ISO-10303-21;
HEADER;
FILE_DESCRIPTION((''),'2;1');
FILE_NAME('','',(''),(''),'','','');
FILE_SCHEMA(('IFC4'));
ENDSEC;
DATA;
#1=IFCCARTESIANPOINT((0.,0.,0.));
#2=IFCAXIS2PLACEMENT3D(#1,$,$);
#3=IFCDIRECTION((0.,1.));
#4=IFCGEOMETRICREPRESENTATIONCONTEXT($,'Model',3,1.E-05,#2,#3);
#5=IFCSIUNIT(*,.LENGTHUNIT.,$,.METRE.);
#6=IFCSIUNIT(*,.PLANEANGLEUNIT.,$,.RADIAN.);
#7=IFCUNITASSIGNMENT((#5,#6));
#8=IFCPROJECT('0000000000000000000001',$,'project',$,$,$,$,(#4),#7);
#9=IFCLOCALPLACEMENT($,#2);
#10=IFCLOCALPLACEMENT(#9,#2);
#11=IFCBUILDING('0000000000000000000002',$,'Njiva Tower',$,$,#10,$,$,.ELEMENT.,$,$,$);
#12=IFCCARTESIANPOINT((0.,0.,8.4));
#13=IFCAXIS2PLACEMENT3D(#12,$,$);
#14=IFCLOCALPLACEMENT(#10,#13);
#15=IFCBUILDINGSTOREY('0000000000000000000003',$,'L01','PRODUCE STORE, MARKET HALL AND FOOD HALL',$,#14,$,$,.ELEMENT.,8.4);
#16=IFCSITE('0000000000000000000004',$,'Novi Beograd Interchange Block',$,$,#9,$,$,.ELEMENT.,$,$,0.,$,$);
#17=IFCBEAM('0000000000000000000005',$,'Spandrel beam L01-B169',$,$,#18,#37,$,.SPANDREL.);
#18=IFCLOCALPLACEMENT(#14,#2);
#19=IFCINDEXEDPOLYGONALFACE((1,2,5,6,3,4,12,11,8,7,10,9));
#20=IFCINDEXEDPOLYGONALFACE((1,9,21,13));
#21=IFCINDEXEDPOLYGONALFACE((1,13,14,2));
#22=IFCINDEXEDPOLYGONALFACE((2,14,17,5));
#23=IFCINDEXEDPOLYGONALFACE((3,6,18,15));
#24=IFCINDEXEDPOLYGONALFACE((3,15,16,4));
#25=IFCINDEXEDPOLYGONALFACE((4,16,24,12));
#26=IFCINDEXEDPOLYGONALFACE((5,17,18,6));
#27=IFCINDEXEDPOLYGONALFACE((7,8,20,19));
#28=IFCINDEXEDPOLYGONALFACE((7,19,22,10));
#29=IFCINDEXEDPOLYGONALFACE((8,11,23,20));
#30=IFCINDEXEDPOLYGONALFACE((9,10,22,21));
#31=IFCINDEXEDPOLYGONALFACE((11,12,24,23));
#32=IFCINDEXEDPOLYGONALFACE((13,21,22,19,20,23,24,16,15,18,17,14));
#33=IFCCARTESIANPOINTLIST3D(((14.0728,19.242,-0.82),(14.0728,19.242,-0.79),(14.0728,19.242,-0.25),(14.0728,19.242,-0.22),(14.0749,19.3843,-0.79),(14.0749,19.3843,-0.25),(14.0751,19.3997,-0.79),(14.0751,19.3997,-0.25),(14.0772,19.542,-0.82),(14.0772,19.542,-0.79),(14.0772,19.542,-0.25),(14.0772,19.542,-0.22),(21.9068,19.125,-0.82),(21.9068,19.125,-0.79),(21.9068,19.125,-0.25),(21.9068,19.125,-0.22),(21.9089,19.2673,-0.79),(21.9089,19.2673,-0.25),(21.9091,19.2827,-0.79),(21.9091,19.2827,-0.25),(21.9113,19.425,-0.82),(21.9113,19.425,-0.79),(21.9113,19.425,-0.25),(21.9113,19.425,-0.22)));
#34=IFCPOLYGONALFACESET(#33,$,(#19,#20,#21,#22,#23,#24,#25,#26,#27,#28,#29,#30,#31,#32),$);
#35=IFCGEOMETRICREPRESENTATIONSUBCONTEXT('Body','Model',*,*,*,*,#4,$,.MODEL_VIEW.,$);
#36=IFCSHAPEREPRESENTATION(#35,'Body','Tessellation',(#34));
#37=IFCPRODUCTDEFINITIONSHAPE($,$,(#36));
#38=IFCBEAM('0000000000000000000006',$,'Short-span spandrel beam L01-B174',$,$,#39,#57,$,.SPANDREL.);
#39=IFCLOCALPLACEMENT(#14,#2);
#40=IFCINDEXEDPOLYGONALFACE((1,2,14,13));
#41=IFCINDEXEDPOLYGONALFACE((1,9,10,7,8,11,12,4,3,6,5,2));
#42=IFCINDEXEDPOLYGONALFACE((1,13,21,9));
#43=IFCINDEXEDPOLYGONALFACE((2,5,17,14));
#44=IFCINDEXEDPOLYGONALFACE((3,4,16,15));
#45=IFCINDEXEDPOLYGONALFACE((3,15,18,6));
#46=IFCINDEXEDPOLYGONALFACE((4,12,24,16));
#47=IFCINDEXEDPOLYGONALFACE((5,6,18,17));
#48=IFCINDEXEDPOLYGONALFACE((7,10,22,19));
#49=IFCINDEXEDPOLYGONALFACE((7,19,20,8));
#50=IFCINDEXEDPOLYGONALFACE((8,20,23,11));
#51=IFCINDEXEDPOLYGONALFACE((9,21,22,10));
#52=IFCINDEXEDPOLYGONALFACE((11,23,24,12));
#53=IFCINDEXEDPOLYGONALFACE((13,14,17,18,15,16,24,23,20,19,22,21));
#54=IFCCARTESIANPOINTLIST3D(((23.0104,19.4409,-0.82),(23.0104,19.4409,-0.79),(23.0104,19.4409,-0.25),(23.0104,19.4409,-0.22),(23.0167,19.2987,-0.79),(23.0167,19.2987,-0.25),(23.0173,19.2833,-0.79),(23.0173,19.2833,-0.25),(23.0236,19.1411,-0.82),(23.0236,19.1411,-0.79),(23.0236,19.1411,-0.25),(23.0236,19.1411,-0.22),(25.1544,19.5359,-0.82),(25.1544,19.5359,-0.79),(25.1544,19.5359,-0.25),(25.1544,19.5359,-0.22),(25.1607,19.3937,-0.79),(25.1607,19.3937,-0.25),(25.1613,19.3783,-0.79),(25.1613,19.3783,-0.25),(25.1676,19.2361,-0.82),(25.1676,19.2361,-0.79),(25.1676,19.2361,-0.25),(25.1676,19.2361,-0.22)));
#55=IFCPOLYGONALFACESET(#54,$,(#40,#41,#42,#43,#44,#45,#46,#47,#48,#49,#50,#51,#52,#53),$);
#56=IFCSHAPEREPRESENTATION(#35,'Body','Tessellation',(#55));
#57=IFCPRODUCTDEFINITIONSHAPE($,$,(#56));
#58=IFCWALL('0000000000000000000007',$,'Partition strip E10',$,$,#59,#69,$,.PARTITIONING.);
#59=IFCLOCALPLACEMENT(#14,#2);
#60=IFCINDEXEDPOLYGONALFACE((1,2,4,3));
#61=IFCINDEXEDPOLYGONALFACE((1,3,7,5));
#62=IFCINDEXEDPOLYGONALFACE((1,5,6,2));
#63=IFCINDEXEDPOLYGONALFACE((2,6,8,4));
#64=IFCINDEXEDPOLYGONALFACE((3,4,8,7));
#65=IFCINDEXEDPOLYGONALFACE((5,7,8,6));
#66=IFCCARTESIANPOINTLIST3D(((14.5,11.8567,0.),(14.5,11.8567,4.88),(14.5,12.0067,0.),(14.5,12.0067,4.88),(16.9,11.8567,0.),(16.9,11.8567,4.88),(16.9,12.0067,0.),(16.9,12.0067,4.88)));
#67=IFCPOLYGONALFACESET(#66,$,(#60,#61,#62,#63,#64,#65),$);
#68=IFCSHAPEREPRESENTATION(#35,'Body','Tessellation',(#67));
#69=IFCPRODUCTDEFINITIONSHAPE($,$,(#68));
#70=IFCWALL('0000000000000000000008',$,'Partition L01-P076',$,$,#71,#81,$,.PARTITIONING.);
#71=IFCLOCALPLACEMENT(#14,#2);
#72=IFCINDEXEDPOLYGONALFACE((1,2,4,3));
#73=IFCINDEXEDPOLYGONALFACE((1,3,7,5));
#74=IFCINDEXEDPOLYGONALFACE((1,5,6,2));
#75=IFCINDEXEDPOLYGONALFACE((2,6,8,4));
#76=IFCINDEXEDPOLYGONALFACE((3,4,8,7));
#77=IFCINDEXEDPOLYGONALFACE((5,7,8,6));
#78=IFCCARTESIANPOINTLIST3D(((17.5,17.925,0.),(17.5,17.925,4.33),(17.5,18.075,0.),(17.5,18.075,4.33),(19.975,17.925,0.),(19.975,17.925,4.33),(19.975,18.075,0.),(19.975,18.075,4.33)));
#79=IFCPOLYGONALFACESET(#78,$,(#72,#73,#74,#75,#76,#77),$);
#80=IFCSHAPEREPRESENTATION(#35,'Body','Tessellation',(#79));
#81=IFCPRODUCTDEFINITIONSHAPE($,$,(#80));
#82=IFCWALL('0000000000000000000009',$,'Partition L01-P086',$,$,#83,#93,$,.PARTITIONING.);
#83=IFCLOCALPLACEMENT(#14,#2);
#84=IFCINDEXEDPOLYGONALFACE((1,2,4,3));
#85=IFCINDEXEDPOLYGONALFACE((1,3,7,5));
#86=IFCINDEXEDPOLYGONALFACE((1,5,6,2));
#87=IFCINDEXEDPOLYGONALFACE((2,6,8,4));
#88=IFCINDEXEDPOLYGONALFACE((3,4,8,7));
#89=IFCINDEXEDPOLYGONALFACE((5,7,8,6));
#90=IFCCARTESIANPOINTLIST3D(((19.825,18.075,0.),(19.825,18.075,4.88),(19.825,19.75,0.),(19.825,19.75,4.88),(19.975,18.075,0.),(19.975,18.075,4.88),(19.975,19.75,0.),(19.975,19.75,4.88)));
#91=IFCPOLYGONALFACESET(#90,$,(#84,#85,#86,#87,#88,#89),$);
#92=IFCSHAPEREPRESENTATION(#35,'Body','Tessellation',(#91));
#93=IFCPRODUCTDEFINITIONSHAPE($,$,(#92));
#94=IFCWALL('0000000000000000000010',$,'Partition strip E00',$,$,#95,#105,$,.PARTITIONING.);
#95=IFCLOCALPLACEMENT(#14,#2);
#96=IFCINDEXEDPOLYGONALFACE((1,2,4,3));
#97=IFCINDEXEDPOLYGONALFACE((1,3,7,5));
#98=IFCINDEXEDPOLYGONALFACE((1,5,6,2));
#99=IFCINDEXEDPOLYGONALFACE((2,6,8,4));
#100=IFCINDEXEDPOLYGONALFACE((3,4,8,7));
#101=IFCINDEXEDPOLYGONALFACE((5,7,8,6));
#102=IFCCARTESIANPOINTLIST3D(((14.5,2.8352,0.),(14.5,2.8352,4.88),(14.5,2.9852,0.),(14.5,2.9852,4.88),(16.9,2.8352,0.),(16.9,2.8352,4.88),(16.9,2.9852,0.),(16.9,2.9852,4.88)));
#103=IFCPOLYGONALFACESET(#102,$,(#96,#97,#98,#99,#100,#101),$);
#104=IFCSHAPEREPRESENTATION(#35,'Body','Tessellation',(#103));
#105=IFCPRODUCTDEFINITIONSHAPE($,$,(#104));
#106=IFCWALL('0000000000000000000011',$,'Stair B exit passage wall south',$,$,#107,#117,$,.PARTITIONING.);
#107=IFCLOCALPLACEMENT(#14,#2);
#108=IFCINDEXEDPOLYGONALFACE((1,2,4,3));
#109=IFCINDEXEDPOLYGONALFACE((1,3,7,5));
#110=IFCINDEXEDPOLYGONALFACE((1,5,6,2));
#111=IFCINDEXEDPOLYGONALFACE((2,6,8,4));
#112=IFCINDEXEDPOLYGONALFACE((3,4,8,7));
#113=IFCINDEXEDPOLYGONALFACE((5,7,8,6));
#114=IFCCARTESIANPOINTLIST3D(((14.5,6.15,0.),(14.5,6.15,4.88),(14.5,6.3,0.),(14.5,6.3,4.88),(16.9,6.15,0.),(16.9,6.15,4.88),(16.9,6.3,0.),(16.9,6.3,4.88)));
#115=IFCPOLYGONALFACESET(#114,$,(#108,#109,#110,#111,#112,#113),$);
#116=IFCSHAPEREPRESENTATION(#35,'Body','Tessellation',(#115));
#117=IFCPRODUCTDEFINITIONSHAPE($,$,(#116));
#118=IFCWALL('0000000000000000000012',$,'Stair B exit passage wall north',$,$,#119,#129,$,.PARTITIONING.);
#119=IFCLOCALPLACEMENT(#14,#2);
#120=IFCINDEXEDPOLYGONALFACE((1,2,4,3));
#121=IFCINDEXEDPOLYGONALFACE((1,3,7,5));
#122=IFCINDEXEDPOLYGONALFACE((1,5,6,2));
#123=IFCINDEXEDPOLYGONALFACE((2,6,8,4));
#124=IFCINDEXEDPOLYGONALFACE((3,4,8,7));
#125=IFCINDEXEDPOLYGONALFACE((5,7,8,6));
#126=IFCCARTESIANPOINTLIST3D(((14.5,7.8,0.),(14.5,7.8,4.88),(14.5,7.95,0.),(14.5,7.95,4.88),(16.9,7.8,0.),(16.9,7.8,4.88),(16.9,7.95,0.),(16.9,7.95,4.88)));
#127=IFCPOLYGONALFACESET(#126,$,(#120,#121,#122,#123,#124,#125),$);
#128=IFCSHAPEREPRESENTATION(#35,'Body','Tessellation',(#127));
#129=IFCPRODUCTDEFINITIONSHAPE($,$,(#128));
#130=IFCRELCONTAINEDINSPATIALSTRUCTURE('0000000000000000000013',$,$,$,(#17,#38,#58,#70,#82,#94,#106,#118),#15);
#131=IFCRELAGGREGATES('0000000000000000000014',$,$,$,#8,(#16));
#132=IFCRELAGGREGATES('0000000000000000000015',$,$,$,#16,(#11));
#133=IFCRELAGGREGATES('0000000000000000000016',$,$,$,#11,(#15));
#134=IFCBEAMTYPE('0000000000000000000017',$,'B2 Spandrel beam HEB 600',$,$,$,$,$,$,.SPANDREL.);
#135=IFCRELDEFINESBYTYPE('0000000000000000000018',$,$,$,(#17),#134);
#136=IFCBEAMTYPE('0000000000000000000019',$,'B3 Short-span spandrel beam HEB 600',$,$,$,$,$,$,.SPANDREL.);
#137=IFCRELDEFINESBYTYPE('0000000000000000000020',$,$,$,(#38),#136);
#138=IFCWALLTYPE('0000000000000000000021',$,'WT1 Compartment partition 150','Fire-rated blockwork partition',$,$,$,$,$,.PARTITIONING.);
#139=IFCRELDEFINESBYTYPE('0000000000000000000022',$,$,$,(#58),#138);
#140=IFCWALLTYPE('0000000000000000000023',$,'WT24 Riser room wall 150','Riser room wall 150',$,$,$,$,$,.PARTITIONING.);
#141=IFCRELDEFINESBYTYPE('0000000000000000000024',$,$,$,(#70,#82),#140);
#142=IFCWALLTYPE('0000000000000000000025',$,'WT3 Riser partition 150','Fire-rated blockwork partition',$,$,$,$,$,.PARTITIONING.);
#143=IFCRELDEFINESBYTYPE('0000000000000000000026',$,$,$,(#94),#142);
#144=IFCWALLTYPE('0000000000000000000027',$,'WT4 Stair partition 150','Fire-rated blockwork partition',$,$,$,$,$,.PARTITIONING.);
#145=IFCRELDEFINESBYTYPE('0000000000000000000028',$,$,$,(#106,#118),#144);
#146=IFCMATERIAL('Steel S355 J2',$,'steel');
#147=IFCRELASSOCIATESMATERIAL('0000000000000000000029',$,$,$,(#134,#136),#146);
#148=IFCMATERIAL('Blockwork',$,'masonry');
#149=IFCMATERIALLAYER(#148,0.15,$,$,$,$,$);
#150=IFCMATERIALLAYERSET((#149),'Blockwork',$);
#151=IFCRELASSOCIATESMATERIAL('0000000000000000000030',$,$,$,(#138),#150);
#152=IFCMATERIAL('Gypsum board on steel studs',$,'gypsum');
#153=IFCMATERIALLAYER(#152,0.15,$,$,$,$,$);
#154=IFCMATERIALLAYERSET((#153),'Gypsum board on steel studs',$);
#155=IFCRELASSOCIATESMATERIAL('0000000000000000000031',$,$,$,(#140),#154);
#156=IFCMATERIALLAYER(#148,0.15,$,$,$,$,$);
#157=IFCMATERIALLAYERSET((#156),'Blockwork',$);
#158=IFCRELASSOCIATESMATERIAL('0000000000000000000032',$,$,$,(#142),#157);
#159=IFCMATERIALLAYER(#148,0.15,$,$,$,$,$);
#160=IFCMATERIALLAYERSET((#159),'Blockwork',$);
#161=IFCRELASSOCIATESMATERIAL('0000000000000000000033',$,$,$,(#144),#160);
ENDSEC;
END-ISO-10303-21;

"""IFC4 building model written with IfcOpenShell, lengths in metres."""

from ifc_helpers import new_model, si_unit, direction, frame, frame_2d, origin, origin_2d, place, context, subcontext, project, spatial, rectangle, i_section, extrude, material, layer, layer_set, material_profile, profile_set, type_object, element, save


model = new_model("IFC4")

# Units and contexts
model_context = context("Model", 3, precision=1e-05, world=origin(), true_north=direction((0.0, 1.0)))
body_context = subcontext(model_context, "Body", "Model", "MODEL_VIEW")
ifc_project = project(units=[si_unit("LENGTHUNIT", "METRE"), si_unit("PLANEANGLEUNIT", "RADIAN")], contexts=[model_context])

# Site, building, storey
site_placement = place(None, origin())
site = spatial("IfcSite", under=ifc_project, at=site_placement, Name="Novi Beograd Interchange Block", CompositionType="ELEMENT", RefElevation=0.0)
building_placement = place(site_placement, origin())
building = spatial("IfcBuilding", under=site, at=building_placement, Name="Njiva Tower", CompositionType="ELEMENT")
storey_placement = place(building_placement, frame((0.0, 0.0, 8.4)))
storey = spatial("IfcBuildingStorey", under=building, at=storey_placement, Name="L01", Description="PRODUCE STORE, MARKET HALL AND FOOD HALL", CompositionType="ELEMENT", Elevation=8.4)

# Shared definitions
ifc_material_1 = material(Name="Steel S355 J2", Category="steel")

# Beams
ifc_material_profile_1 = material_profile(ifc_material_1, i_section(OverallWidth=0.3, OverallDepth=0.6, WebThickness=0.0155, FlangeThickness=0.03, at=origin_2d()), Name="HEB 600")
ifc_profile_set_1 = profile_set([ifc_material_profile_1], Name="Steel S355 J2")
beam_type_1 = type_object("IfcBeamType", Name="B2 Spandrel beam HEB 600", PredefinedType="SPANDREL", material=ifc_profile_set_1)
beam_1_placement = place(storey_placement, frame((14.075, 19.392, -0.52), z_axis=(0.999888, -0.014933, 0.0), x_axis=(0.014933, 0.999888, 0.0)))
element("IfcBeam", 1, at=beam_1_placement, inside=storey, type_object=beam_type_1, Name="Spandrel beam L01-B169", PredefinedType="SPANDREL", context=body_context, shape_type="SweptSolid", body=[
    extrude(i_section(OverallWidth=0.3, OverallDepth=0.6, WebThickness=0.0155, FlangeThickness=0.03, at=origin_2d()), origin(), (0.0, 0.0, 1.0), 7.8349),
])
ifc_material_profile_2 = material_profile(ifc_material_1, i_section(OverallWidth=0.3, OverallDepth=0.6, WebThickness=0.0155, FlangeThickness=0.03, at=origin_2d()), Name="HEB 600")
ifc_profile_set_2 = profile_set([ifc_material_profile_2], Name="Steel S355 J2")
beam_type_2 = type_object("IfcBeamType", Name="B3 Short-span spandrel beam HEB 600", PredefinedType="SPANDREL", material=ifc_profile_set_2)
beam_2_placement = place(storey_placement, frame((23.017, 19.291, -0.52), z_axis=(0.99902, 0.044266, 0.0), x_axis=(-0.044266, 0.99902, 0.0)))
element("IfcBeam", 2, at=beam_2_placement, inside=storey, type_object=beam_type_2, Name="Short-span spandrel beam L01-B174", PredefinedType="SPANDREL", context=body_context, shape_type="SweptSolid", body=[
    extrude(i_section(OverallWidth=0.3, OverallDepth=0.6, WebThickness=0.0155, FlangeThickness=0.03, at=origin_2d()), origin(), (0.0, 0.0, 1.0), 2.1461),
])

# Walls
ifc_material_2 = material(Name="Blockwork", Category="masonry")
ifc_layer_1 = layer(ifc_material_2, 0.15)
ifc_layer_set_1 = layer_set([ifc_layer_1], Name="Blockwork")
wall_type_1 = type_object("IfcWallType", Name="WT1 Compartment partition 150", Description="Fire-rated blockwork partition", PredefinedType="PARTITIONING", material=ifc_layer_set_1)
wall_1_placement = place(storey_placement, frame((14.5, 11.9317, 0.0), z_axis=(0.0, 0.0, 1.0), x_axis=(1.0, 0.0, 0.0)))
element("IfcWall", 3, at=wall_1_placement, inside=storey, type_object=wall_type_1, Name="Partition strip E10", PredefinedType="PARTITIONING", context=body_context, shape_type="SweptSolid", body=[
    extrude(rectangle(XDim=2.4, YDim=0.15, at=frame_2d((1.2, 0.0))), origin(), (0.0, 0.0, 1.0), 4.88),
])
ifc_material_3 = material(Name="Gypsum board on steel studs", Category="gypsum")
ifc_layer_2 = layer(ifc_material_3, 0.15)
ifc_layer_set_2 = layer_set([ifc_layer_2], Name="Gypsum board on steel studs")
wall_type_2 = type_object("IfcWallType", Name="WT24 Riser room wall 150", Description="Riser room wall 150", PredefinedType="PARTITIONING", material=ifc_layer_set_2)
wall_2_placement = place(storey_placement, frame((17.5, 18.0, 0.0), z_axis=(0.0, 0.0, 1.0), x_axis=(1.0, 0.0, 0.0)))
element("IfcWall", 4, at=wall_2_placement, inside=storey, type_object=wall_type_2, Name="Partition L01-P076", PredefinedType="PARTITIONING", context=body_context, shape_type="SweptSolid", body=[
    extrude(rectangle(XDim=2.475, YDim=0.15, at=frame_2d((1.2375, 0.0))), origin(), (0.0, 0.0, 1.0), 4.33),
])
wall_3_placement = place(storey_placement, frame((19.9, 18.075, 0.0), z_axis=(0.0, 0.0, 1.0), x_axis=(0.0, 1.0, 0.0)))
element("IfcWall", 5, at=wall_3_placement, inside=storey, type_object=wall_type_2, Name="Partition L01-P086", PredefinedType="PARTITIONING", context=body_context, shape_type="SweptSolid", body=[
    extrude(rectangle(XDim=1.675, YDim=0.15, at=frame_2d((0.8375, 0.0))), origin(), (0.0, 0.0, 1.0), 4.88),
])
ifc_layer_3 = layer(ifc_material_2, 0.15)
ifc_layer_set_3 = layer_set([ifc_layer_3], Name="Blockwork")
wall_type_3 = type_object("IfcWallType", Name="WT3 Riser partition 150", Description="Fire-rated blockwork partition", PredefinedType="PARTITIONING", material=ifc_layer_set_3)
wall_4_placement = place(storey_placement, frame((14.5, 2.9102, 0.0), z_axis=(0.0, 0.0, 1.0), x_axis=(1.0, 0.0, 0.0)))
element("IfcWall", 6, at=wall_4_placement, inside=storey, type_object=wall_type_3, Name="Partition strip E00", PredefinedType="PARTITIONING", context=body_context, shape_type="SweptSolid", body=[
    extrude(rectangle(XDim=2.4, YDim=0.15, at=frame_2d((1.2, 0.0))), origin(), (0.0, 0.0, 1.0), 4.88),
])
ifc_layer_4 = layer(ifc_material_2, 0.15)
ifc_layer_set_4 = layer_set([ifc_layer_4], Name="Blockwork")
wall_type_4 = type_object("IfcWallType", Name="WT4 Stair partition 150", Description="Fire-rated blockwork partition", PredefinedType="PARTITIONING", material=ifc_layer_set_4)
for number, where, z_axis, x_axis, name in (
    (7, (14.5, 6.225, 0.0), (0.0, 0.0, 1.0), (1.0, 0.0, 0.0), "Stair B exit passage wall south"),
    (8, (14.5, 7.875, 0.0), (0.0, 0.0, 1.0), (1.0, 0.0, 0.0), "Stair B exit passage wall north"),
):
    element("IfcWall", number, at=place(storey_placement, frame(where, z_axis=z_axis, x_axis=x_axis)), inside=storey, type_object=wall_type_4, Name=name, PredefinedType="PARTITIONING", context=body_context, shape_type="SweptSolid", body=[
        extrude(rectangle(XDim=2.4, YDim=0.15, at=frame_2d((1.2, 0.0))), origin(), (0.0, 0.0, 1.0), 4.88),
    ])

save(model, "model.ifc")
